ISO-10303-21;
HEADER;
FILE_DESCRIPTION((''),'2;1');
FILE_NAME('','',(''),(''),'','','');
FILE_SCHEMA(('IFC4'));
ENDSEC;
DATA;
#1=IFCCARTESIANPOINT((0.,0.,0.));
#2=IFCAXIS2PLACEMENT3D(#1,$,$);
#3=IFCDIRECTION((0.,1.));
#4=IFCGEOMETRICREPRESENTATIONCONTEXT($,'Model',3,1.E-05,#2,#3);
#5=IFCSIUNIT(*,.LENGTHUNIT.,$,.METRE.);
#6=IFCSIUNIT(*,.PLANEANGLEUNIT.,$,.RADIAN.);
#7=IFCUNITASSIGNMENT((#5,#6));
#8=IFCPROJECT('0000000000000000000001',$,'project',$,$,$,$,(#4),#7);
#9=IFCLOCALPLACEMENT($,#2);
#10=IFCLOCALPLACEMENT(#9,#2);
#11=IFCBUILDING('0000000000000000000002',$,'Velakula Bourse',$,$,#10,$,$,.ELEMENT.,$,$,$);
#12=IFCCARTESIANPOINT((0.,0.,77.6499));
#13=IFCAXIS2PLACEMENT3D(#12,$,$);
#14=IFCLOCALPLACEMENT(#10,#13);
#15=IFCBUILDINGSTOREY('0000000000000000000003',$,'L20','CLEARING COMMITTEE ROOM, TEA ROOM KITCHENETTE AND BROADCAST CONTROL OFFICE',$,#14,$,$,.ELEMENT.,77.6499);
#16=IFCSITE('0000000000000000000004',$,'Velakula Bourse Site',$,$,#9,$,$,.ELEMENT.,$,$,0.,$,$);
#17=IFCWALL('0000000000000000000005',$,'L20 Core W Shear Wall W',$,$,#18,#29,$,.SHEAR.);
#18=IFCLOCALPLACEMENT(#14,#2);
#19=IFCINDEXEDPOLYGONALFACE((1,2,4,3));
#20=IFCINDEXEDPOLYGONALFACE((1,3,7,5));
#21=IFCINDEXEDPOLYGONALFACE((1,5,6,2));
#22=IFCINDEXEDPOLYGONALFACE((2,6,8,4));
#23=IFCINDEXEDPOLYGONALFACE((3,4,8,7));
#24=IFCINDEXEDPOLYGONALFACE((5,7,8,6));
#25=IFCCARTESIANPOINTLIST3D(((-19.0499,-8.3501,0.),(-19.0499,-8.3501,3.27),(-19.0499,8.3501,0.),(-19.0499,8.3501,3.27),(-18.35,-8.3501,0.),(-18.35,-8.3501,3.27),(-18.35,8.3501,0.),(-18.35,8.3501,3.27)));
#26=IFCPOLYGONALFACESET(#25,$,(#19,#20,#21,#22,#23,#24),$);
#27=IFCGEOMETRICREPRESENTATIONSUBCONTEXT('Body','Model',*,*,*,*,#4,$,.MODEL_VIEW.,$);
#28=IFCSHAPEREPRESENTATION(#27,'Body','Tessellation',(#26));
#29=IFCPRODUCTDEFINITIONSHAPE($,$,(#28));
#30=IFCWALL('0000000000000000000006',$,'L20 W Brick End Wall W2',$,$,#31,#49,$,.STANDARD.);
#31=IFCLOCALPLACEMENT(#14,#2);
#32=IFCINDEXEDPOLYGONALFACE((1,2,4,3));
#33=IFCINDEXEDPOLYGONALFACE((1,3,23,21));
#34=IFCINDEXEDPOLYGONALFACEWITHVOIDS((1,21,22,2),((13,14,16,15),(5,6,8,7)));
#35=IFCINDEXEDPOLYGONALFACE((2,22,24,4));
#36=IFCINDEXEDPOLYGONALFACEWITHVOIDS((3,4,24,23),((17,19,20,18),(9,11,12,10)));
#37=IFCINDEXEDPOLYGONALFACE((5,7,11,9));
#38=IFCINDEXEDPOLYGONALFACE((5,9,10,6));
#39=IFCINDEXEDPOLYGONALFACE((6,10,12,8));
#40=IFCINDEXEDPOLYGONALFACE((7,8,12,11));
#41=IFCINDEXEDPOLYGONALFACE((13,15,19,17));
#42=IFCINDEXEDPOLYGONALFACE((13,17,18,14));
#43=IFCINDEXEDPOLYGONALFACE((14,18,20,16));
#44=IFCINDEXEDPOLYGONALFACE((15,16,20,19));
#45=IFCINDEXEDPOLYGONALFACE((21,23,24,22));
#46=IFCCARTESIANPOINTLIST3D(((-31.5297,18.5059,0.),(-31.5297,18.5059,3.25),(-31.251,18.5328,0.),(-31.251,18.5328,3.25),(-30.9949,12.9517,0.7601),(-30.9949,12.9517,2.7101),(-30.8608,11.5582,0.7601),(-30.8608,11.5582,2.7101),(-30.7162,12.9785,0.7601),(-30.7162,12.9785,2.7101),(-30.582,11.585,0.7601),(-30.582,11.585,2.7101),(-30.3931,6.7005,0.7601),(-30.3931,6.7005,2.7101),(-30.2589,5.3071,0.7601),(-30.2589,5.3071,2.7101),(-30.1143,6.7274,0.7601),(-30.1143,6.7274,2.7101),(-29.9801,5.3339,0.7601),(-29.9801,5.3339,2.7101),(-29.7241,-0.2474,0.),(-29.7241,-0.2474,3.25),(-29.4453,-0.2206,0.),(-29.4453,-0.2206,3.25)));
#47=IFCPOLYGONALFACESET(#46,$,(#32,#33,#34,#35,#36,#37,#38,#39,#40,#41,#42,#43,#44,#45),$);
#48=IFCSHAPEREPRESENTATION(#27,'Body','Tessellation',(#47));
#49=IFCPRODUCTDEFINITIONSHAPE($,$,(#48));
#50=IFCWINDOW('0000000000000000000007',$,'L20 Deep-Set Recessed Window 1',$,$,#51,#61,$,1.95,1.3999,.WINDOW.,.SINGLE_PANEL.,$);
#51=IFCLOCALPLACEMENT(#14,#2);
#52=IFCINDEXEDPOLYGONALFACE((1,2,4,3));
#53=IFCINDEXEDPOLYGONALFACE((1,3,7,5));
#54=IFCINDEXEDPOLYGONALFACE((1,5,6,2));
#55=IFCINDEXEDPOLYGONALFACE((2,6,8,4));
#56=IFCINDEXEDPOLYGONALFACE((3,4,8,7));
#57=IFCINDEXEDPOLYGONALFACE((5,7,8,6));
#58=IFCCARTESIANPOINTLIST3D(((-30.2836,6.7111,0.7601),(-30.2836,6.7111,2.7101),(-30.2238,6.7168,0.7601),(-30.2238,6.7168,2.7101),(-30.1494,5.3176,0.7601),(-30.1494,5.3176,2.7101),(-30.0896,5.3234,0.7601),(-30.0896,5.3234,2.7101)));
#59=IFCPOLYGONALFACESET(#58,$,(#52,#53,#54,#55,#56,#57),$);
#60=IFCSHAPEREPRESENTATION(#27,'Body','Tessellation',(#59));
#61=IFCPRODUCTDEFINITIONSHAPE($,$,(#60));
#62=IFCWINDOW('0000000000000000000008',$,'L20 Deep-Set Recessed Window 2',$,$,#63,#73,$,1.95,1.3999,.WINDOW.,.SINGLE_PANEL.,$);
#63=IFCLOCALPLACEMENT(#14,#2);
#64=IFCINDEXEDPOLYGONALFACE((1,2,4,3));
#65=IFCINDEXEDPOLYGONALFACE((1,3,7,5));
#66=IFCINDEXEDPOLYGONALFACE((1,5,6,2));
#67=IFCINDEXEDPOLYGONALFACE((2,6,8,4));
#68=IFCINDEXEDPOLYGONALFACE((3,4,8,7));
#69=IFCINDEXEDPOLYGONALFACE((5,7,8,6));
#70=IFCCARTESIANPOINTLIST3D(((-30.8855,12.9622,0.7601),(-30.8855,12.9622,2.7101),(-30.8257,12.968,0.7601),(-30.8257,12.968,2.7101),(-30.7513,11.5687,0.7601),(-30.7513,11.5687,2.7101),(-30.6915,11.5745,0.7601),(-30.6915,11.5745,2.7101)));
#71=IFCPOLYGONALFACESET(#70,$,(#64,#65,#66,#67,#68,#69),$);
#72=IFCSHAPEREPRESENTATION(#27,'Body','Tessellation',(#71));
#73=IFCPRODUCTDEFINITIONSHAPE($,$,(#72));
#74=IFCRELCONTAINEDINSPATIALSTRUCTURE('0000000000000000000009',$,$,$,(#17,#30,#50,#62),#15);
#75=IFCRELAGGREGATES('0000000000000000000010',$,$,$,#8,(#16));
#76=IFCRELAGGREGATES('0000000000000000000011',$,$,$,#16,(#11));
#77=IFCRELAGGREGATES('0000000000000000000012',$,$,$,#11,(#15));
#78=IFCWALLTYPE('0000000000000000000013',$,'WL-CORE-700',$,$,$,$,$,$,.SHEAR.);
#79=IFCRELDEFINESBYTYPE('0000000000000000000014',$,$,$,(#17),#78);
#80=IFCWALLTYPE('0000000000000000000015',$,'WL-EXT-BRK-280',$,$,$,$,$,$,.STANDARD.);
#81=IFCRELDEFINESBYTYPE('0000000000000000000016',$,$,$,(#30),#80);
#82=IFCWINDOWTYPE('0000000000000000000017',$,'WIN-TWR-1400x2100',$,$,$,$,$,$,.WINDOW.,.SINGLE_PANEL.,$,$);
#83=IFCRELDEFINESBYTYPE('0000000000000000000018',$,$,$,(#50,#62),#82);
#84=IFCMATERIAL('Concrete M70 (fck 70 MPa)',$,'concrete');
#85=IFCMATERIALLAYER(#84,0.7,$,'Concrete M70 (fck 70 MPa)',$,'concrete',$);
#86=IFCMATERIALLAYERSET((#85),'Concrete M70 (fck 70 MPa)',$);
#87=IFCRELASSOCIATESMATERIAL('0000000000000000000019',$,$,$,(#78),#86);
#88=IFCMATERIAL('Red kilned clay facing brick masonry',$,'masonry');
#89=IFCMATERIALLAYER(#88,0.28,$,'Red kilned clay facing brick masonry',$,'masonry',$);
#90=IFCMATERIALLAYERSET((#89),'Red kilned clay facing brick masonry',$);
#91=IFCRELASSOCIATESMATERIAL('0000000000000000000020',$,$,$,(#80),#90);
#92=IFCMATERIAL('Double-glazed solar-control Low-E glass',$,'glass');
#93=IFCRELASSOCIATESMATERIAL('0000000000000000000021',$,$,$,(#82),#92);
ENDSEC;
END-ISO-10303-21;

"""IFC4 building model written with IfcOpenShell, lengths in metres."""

from ifc_helpers import new_model, si_unit, direction, frame, frame_2d, origin, place, context, subcontext, project, spatial, rectangle, extrude, material, layer, layer_set, type_object, element, fill, save


model = new_model("IFC4")

# Units and contexts
model_context = context("Model", 3, precision=1e-05, world=origin(), true_north=direction((0.0, 1.0)))
body_context = subcontext(model_context, "Body", "Model", "MODEL_VIEW")
ifc_project = project(units=[si_unit("LENGTHUNIT", "METRE"), si_unit("PLANEANGLEUNIT", "RADIAN")], contexts=[model_context])

# Site, building, storey
site_placement = place(None, origin())
site = spatial("IfcSite", under=ifc_project, at=site_placement, Name="Velakula Bourse Site", CompositionType="ELEMENT", RefElevation=0.0)
building_placement = place(site_placement, origin())
building = spatial("IfcBuilding", under=site, at=building_placement, Name="Velakula Bourse", CompositionType="ELEMENT")
storey_placement = place(building_placement, frame((0.0, 0.0, 77.6499)))
storey = spatial("IfcBuildingStorey", under=building, at=storey_placement, Name="L20", Description="CLEARING COMMITTEE ROOM, TEA ROOM KITCHENETTE AND BROADCAST CONTROL OFFICE", CompositionType="ELEMENT", Elevation=77.6499)

# Wall
ifc_material_1 = material(Name="Concrete M70 (fck 70 MPa)", Category="concrete")
ifc_layer_1 = layer(ifc_material_1, 0.7, Name="Concrete M70 (fck 70 MPa)", Category="concrete")
ifc_layer_set_1 = layer_set([ifc_layer_1], Name="Concrete M70 (fck 70 MPa)")
wall_type_1 = type_object("IfcWallType", Name="WL-CORE-700", PredefinedType="SHEAR", material=ifc_layer_set_1)
wall_1_placement = place(storey_placement, frame((-18.7, -8.3501, 0.0), z_axis=(0.0, 0.0, 1.0), x_axis=(0.0, 1.0, 0.0)))
element("IfcWall", 1, at=wall_1_placement, inside=storey, type_object=wall_type_1, Name="L20 Core W Shear Wall W", PredefinedType="SHEAR", context=body_context, shape_type="SweptSolid", body=[
    extrude(rectangle(XDim=16.7002, YDim=0.7, at=frame_2d((8.3501, 0.0))), origin(), (0.0, 0.0, 1.0), 3.27),
])

# Wall, openings, windows
ifc_material_2 = material(Name="Red kilned clay facing brick masonry", Category="masonry")
ifc_layer_2 = layer(ifc_material_2, 0.28, Name="Red kilned clay facing brick masonry", Category="masonry")
ifc_layer_set_2 = layer_set([ifc_layer_2], Name="Red kilned clay facing brick masonry")
wall_type_2 = type_object("IfcWallType", Name="WL-EXT-BRK-280", PredefinedType="STANDARD", material=ifc_layer_set_2)
wall_2_placement = place(storey_placement, frame((-29.5847, -0.2339, 0.0), z_axis=(0.0, 0.0, 1.0), x_axis=(-0.095841, 0.995397, 0.0)))
wall_2 = element("IfcWall", 2, at=wall_2_placement, inside=storey, type_object=wall_type_2, Name="L20 W Brick End Wall W2", PredefinedType="STANDARD", context=body_context, shape_type="SweptSolid", body=[
    extrude(rectangle(XDim=18.8401, YDim=0.28, at=frame_2d((9.4199, 0.0))), origin(), (0.0, 0.0, 1.0), 3.25),
])
opening_1_placement = place(wall_2_placement, frame((5.5801, 0.0, 0.76)))
opening_1 = element("IfcOpeningElement", 3, at=opening_1_placement, cuts=wall_2, PredefinedType="OPENING", context=body_context, shape_type="SweptSolid", body=[
    extrude(rectangle(XDim=1.3999, YDim=1.95, at=frame_2d((0.7, 0.9751))), frame((0.0, 0.1499, 0.0), z_axis=(0.0, -1.0, 0.0), x_axis=(1.0, 0.0, 0.0)), (0.0, 0.0, 1.0), 0.3),
])
opening_2_placement = place(wall_2_placement, frame((11.8601, 0.0, 0.76)))
opening_2 = element("IfcOpeningElement", 4, at=opening_2_placement, cuts=wall_2, PredefinedType="OPENING", context=body_context, shape_type="SweptSolid", body=[
    extrude(rectangle(XDim=1.3999, YDim=1.95, at=frame_2d((0.7, 0.9751))), frame((0.0, 0.1499, 0.0), z_axis=(0.0, -1.0, 0.0), x_axis=(1.0, 0.0, 0.0)), (0.0, 0.0, 1.0), 0.3),
])
ifc_material_3 = material(Name="Double-glazed solar-control Low-E glass", Category="glass")
window_type = type_object("IfcWindowType", Name="WIN-TWR-1400x2100", PartitioningType="SINGLE_PANEL", PredefinedType="WINDOW", material=ifc_material_3)
window_1_placement = place(opening_1_placement, origin())
window_1 = element("IfcWindow", 5, at=window_1_placement, inside=storey, type_object=window_type, Name="L20 Deep-Set Recessed Window 1", OverallHeight=1.95, OverallWidth=1.3999, PartitioningType="SINGLE_PANEL", PredefinedType="WINDOW", context=body_context, shape_type="SweptSolid", body=[
    extrude(rectangle(XDim=1.3999, YDim=1.95, at=frame_2d((0.7, 0.9751))), frame((0.0, 0.03, 0.0), z_axis=(0.0, -1.0, 0.0), x_axis=(1.0, 0.0, 0.0)), (0.0, 0.0, 1.0), 0.0601),
])
fill(opening_1, window_1)
window_2_placement = place(opening_2_placement, origin())
window_2 = element("IfcWindow", 6, at=window_2_placement, inside=storey, type_object=window_type, Name="L20 Deep-Set Recessed Window 2", OverallHeight=1.95, OverallWidth=1.3999, PartitioningType="SINGLE_PANEL", PredefinedType="WINDOW", context=body_context, shape_type="SweptSolid", body=[
    extrude(rectangle(XDim=1.3999, YDim=1.95, at=frame_2d((0.7, 0.9751))), frame((0.0, 0.03, 0.0), z_axis=(0.0, -1.0, 0.0), x_axis=(1.0, 0.0, 0.0)), (0.0, 0.0, 1.0), 0.0601),
])
fill(opening_2, window_2)

save(model, "model.ifc")
